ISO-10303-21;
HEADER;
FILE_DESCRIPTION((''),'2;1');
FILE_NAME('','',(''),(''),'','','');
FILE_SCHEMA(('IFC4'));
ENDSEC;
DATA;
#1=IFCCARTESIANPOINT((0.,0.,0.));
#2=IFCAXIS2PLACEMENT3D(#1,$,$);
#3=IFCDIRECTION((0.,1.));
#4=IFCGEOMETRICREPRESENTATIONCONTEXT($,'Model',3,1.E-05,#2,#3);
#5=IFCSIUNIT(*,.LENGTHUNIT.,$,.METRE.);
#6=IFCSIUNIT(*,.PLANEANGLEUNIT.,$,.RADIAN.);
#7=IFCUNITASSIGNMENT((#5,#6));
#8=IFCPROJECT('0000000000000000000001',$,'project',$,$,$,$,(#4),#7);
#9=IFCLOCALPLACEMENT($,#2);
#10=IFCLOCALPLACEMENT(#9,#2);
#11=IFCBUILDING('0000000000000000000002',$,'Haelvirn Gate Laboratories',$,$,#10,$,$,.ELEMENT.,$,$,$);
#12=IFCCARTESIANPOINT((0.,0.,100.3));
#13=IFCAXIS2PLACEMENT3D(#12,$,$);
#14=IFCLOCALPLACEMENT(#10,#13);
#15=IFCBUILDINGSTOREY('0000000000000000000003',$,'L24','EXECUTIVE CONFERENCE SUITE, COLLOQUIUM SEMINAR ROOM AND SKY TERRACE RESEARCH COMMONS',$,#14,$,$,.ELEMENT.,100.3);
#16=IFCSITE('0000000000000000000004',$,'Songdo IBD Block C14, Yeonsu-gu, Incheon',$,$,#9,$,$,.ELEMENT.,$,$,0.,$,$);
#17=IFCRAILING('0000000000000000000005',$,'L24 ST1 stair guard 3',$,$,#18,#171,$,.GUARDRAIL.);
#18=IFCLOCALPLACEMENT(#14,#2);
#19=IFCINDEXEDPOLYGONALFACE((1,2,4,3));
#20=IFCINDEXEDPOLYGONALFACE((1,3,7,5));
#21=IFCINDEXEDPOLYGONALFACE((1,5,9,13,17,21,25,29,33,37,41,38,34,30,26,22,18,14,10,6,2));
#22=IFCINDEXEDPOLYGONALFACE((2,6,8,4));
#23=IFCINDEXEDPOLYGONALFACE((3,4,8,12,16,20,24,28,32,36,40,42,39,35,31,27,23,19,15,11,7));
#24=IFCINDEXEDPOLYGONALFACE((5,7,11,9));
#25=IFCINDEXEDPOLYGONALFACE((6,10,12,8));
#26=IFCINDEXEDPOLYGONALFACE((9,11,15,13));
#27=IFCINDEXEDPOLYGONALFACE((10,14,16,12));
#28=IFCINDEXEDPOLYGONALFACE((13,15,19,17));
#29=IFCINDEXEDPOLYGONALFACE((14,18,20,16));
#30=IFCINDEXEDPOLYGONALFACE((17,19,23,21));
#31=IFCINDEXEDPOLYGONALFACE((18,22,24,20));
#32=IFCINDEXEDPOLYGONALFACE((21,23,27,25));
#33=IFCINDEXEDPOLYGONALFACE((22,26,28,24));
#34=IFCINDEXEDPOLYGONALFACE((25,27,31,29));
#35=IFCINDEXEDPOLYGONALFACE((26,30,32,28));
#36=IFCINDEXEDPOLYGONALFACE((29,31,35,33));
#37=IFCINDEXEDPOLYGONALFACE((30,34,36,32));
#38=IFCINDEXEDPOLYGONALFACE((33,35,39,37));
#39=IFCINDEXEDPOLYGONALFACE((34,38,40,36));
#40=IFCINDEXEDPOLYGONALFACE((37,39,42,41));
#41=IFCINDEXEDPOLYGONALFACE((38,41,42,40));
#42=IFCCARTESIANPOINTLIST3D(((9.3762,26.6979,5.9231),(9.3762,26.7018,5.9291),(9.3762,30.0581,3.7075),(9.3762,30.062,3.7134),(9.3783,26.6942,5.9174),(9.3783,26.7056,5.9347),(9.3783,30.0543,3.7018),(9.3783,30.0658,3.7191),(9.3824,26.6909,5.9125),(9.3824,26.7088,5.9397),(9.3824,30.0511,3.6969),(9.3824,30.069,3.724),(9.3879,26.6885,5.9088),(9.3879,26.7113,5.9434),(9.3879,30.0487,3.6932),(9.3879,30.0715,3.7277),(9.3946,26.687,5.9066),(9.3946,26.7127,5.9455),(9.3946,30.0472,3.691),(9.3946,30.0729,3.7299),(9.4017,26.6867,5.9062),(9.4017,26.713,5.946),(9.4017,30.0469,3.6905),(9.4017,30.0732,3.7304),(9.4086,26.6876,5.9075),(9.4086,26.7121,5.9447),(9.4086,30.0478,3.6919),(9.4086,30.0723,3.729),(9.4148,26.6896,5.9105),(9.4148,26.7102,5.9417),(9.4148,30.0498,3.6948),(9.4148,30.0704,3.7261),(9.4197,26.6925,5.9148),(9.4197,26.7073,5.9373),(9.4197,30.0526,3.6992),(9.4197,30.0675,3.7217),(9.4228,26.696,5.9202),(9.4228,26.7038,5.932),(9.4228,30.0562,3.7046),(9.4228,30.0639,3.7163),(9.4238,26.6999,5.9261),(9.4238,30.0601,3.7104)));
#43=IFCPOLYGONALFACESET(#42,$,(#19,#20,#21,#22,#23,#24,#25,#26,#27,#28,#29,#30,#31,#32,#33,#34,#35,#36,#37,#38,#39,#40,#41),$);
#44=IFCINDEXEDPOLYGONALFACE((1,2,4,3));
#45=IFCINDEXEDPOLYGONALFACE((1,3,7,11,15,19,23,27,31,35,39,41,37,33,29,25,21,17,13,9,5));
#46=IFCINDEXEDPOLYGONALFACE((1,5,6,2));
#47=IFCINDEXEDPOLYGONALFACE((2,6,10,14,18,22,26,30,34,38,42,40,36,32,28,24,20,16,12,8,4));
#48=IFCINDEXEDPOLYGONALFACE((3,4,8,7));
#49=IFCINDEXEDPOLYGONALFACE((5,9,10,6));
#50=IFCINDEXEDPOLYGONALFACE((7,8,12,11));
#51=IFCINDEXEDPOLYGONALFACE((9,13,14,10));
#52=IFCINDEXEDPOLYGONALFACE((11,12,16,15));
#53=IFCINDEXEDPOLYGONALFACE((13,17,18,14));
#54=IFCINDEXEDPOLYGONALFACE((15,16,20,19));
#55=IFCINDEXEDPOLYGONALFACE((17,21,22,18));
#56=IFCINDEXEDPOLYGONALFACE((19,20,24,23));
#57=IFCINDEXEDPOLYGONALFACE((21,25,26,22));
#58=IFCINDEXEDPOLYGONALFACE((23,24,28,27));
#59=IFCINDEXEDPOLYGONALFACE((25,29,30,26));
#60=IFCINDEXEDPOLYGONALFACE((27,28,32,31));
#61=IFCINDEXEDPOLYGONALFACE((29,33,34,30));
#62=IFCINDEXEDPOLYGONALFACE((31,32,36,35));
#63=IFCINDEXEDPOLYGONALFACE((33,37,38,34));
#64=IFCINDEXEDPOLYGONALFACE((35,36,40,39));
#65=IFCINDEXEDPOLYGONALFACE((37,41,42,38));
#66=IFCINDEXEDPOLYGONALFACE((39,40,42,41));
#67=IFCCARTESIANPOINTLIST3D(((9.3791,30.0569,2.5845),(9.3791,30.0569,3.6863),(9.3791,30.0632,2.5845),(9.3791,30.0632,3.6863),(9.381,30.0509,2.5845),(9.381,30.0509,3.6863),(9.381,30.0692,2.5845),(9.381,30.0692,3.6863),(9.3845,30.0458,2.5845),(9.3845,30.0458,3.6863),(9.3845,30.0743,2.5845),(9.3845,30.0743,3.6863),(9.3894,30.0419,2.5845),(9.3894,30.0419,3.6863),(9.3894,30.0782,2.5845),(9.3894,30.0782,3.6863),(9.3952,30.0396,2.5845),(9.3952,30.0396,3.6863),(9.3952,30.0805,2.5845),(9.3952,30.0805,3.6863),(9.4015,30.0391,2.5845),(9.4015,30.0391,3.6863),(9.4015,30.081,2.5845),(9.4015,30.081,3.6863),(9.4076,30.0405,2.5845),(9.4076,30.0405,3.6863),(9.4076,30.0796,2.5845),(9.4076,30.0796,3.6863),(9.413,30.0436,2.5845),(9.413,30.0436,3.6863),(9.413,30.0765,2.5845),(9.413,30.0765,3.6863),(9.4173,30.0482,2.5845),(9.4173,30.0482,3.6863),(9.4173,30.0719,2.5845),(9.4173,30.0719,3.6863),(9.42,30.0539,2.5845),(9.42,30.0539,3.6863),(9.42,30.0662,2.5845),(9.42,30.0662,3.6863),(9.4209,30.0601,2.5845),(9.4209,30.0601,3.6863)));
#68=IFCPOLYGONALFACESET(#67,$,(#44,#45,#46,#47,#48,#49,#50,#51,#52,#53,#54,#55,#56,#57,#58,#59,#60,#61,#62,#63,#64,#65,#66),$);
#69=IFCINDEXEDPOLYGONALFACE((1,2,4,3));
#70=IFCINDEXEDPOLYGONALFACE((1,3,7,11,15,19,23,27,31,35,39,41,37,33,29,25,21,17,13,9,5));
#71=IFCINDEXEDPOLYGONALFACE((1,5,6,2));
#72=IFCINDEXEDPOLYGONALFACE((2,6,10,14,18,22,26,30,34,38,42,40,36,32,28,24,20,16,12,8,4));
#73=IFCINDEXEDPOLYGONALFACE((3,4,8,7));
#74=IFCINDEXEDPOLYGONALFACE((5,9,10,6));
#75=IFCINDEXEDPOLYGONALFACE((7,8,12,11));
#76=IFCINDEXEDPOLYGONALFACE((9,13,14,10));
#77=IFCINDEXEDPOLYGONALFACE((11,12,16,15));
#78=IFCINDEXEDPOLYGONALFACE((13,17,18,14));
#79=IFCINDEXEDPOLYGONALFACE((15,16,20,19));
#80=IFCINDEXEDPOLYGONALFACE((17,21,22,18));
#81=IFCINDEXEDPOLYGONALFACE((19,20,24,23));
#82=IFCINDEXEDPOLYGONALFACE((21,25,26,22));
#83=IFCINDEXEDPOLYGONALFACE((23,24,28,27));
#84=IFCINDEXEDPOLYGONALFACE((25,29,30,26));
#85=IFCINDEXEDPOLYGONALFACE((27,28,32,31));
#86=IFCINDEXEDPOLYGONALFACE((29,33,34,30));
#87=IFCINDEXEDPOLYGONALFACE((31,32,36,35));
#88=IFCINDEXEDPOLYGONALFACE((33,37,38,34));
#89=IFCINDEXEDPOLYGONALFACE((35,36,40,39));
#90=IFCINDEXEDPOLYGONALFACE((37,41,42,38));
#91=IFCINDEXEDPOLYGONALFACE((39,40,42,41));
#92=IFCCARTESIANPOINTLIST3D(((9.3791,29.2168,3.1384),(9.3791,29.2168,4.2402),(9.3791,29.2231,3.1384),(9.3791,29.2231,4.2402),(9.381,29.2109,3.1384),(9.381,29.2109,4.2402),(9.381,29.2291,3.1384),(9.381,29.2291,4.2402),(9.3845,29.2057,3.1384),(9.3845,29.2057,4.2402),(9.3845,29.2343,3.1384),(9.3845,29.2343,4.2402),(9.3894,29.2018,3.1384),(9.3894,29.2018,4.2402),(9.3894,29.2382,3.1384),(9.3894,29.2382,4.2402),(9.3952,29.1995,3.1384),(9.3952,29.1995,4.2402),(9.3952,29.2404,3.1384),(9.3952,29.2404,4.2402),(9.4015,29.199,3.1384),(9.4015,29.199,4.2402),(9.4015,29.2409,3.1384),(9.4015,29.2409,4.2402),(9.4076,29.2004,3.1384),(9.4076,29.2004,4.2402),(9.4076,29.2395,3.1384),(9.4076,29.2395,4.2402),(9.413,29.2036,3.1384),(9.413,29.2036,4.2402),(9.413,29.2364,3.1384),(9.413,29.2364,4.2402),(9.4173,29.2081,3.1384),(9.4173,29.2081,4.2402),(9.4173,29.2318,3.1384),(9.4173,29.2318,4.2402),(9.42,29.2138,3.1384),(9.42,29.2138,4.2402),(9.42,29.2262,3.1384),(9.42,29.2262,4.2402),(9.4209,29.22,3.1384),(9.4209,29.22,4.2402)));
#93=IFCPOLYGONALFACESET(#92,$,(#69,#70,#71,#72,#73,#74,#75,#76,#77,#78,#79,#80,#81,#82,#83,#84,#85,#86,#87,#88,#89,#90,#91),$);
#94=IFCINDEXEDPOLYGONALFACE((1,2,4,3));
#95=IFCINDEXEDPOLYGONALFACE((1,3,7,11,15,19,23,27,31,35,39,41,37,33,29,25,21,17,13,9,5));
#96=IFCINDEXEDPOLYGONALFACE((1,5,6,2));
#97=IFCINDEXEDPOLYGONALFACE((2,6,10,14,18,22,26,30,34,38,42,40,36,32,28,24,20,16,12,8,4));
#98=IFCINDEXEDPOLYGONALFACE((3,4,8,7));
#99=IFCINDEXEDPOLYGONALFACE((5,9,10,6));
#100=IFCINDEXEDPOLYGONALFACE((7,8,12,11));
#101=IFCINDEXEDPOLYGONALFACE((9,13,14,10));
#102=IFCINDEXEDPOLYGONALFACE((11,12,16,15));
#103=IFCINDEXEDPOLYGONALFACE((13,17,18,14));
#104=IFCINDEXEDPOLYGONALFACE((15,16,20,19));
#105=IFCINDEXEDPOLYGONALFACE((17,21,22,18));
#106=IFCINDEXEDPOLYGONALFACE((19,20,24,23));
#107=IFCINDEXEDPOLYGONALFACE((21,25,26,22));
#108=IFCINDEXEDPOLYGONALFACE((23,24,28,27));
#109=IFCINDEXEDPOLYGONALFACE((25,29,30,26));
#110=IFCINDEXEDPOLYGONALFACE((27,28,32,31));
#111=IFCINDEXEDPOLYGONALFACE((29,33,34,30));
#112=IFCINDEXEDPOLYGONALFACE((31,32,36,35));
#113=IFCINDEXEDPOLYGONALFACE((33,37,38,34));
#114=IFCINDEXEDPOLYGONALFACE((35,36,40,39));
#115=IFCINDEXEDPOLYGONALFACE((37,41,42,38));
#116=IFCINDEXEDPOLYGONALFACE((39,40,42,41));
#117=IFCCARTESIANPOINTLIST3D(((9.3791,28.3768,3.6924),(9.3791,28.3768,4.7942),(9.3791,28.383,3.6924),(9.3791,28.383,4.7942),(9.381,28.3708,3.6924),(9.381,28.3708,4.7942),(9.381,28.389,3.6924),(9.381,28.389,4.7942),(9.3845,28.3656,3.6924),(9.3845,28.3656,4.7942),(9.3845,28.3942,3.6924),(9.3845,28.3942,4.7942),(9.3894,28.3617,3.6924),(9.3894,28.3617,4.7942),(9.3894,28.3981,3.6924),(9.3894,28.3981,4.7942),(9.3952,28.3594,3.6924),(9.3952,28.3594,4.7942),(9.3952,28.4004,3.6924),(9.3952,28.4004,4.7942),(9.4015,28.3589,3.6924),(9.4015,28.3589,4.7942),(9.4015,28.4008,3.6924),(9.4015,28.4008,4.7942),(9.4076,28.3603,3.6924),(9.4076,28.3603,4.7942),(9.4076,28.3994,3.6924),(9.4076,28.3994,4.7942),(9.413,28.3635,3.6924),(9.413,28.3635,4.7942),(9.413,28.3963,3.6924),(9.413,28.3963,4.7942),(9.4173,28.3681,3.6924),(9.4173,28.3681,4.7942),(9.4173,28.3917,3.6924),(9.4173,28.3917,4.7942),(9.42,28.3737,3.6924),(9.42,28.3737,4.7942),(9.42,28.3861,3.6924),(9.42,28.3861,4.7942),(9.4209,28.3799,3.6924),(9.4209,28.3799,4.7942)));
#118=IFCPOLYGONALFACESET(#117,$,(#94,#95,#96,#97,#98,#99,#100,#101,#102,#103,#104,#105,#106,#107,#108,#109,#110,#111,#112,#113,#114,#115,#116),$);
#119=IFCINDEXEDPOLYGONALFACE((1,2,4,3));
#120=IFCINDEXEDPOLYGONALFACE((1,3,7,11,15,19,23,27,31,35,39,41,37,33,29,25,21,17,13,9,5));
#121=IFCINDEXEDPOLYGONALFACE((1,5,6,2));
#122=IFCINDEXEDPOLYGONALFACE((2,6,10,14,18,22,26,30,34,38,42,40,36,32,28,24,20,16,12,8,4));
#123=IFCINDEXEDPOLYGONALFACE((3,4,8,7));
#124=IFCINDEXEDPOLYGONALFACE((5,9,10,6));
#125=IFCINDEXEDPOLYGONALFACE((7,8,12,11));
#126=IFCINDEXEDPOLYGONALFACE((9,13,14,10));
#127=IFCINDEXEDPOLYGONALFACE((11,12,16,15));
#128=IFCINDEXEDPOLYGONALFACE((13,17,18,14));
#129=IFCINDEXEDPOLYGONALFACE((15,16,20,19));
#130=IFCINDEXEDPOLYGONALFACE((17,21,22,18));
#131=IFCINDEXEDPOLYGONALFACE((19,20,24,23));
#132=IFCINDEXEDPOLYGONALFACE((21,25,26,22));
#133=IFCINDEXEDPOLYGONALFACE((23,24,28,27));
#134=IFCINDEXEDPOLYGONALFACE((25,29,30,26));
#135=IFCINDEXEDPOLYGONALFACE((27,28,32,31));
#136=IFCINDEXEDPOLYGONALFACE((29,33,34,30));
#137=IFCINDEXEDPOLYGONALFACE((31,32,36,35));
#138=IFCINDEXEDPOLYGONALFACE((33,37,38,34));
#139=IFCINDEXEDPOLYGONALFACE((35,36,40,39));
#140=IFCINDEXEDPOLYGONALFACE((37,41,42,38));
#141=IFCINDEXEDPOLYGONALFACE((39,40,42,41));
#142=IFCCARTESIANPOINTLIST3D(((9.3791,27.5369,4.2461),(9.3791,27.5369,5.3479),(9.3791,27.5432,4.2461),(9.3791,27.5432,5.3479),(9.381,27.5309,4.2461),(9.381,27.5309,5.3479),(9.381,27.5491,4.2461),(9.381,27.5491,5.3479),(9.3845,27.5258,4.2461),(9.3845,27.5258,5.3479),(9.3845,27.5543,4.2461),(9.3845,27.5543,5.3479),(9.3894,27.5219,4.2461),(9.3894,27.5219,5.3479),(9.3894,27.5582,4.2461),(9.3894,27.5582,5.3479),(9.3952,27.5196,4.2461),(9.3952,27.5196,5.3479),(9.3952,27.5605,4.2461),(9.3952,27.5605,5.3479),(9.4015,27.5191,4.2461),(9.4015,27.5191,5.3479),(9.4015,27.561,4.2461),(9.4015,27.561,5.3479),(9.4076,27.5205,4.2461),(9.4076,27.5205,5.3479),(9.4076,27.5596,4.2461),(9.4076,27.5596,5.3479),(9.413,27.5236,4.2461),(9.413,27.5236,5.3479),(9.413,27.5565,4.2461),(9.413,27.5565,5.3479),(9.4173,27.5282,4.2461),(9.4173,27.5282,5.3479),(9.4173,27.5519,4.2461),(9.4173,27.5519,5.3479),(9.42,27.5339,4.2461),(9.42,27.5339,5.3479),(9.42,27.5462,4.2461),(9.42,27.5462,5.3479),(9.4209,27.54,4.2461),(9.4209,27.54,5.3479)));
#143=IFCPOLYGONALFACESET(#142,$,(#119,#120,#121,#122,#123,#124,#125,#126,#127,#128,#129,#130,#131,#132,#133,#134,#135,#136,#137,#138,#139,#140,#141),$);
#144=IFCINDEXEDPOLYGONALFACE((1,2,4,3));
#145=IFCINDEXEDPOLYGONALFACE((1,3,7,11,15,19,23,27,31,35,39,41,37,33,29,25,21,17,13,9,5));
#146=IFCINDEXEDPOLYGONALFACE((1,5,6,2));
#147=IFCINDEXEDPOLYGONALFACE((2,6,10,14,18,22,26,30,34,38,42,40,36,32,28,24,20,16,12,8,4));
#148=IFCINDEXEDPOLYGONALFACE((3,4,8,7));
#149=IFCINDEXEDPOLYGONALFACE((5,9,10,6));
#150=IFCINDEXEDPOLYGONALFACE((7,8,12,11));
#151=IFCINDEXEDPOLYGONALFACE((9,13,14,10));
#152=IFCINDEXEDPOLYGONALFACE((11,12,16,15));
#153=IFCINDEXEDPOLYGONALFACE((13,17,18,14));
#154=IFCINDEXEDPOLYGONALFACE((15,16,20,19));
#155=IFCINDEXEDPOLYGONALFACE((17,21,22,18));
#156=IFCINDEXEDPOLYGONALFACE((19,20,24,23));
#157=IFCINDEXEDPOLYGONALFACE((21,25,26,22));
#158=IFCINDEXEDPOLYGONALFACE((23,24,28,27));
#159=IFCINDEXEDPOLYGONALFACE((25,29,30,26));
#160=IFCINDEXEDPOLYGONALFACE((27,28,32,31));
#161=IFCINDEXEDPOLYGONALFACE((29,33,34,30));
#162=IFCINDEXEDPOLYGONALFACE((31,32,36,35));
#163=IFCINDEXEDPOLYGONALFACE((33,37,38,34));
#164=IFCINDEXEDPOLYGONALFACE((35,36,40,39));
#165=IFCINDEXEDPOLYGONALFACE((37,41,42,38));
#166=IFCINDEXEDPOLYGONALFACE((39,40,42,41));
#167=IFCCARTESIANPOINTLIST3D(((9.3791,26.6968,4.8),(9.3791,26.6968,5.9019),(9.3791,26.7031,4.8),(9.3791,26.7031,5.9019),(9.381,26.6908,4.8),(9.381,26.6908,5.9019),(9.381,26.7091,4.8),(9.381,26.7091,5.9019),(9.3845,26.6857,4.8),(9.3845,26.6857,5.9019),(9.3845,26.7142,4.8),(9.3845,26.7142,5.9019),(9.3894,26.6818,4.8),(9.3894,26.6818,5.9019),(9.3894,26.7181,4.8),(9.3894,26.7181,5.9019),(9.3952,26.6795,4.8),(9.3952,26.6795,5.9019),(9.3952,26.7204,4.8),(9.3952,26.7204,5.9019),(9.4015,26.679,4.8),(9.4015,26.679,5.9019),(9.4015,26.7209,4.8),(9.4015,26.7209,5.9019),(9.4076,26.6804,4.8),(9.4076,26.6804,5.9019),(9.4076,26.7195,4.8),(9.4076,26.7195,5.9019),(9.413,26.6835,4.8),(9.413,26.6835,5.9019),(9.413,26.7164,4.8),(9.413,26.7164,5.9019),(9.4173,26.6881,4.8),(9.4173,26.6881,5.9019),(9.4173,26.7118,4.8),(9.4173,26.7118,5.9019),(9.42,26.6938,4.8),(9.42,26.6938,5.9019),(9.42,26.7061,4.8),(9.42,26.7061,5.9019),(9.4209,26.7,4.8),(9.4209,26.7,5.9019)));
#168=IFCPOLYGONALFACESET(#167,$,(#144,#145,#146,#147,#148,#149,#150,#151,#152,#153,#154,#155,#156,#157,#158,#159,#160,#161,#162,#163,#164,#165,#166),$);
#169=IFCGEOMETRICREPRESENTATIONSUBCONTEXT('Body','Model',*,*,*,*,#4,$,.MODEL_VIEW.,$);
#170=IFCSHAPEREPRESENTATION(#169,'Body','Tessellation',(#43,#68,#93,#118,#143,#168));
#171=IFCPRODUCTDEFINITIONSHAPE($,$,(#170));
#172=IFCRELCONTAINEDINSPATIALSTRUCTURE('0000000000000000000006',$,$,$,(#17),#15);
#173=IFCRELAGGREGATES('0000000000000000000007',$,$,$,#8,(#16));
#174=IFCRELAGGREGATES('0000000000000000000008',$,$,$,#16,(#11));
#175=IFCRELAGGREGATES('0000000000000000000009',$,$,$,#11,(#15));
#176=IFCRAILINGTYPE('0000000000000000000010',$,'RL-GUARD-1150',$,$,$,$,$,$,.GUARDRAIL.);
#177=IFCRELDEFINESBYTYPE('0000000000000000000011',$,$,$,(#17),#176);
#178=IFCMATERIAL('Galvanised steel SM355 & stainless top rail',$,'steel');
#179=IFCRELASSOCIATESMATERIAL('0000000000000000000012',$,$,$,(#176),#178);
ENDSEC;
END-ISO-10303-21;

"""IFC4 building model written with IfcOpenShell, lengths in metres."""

from ifc_helpers import new_model, si_unit, direction, frame, origin, origin_2d, place, context, subcontext, project, spatial, circle, extrude, source, transform, mapped, material, type_object, element, save


model = new_model("IFC4")

# Units and contexts
model_context = context("Model", 3, precision=1e-05, world=origin(), true_north=direction((0.0, 1.0)))
body_context = subcontext(model_context, "Body", "Model", "MODEL_VIEW")
ifc_project = project(units=[si_unit("LENGTHUNIT", "METRE"), si_unit("PLANEANGLEUNIT", "RADIAN")], contexts=[model_context])

# Site, building, storey
site_placement = place(None, origin())
site = spatial("IfcSite", under=ifc_project, at=site_placement, Name="Songdo IBD Block C14, Yeonsu-gu, Incheon", CompositionType="ELEMENT", RefElevation=0.0)
building_placement = place(site_placement, origin())
building = spatial("IfcBuilding", under=site, at=building_placement, Name="Haelvirn Gate Laboratories", CompositionType="ELEMENT")
storey_placement = place(building_placement, frame((0.0, 0.0, 100.3)))
storey = spatial("IfcBuildingStorey", under=building, at=storey_placement, Name="L24", Description="EXECUTIVE CONFERENCE SUITE, COLLOQUIUM SEMINAR ROOM AND SKY TERRACE RESEARCH COMMONS", CompositionType="ELEMENT", Elevation=100.3)

# Railing
ifc_material_1 = material(Name="Galvanised steel SM355 & stainless top rail", Category="steel")
railing_type_1 = type_object("IfcRailingType", Name="RL-GUARD-1150", PredefinedType="GUARDRAIL", material=ifc_material_1)
shared_shape_1 = source(origin(), body_context, "Body", "SweptSolid", [
    extrude(circle(Radius=0.0239, at=origin_2d()), frame((0.0, 0.0, 1.126), z_axis=(0.0, -0.834849, 0.55048), x_axis=(1.0, 0.0, 0.0)), (0.0, 0.0, 1.0), 4.0249),
    extrude(circle(Radius=0.021, at=origin_2d()), origin(), (0.0, 0.0, 1.0), 1.1018),
    extrude(circle(Radius=0.021, at=origin_2d()), frame((0.0, -0.8401, 0.554)), (0.0, 0.0, 1.0), 1.1018),
    extrude(circle(Radius=0.021, at=origin_2d()), frame((0.0, -1.6802, 1.1079)), (0.0, 0.0, 1.0), 1.1018),
    extrude(circle(Radius=0.021, at=origin_2d()), frame((0.0, -2.52, 1.6616)), (0.0, 0.0, 1.0), 1.1018),
    extrude(circle(Radius=0.021, at=origin_2d()), frame((0.0, -3.3601, 2.2156)), (0.0, 0.0, 1.0), 1.1018),
])
railing_1_placement = place(storey_placement, frame((9.3999, 30.0601, 2.5845)))
element("IfcRailing", 1, at=railing_1_placement, inside=storey, type_object=railing_type_1, Name="L24 ST1 stair guard 3", PredefinedType="GUARDRAIL", context=body_context, shape_type="MappedRepresentation", body=[
    mapped(shared_shape_1, transform((0.0, 0.0, 0.0), scale=1.0)),
])

save(model, "model.ifc")
